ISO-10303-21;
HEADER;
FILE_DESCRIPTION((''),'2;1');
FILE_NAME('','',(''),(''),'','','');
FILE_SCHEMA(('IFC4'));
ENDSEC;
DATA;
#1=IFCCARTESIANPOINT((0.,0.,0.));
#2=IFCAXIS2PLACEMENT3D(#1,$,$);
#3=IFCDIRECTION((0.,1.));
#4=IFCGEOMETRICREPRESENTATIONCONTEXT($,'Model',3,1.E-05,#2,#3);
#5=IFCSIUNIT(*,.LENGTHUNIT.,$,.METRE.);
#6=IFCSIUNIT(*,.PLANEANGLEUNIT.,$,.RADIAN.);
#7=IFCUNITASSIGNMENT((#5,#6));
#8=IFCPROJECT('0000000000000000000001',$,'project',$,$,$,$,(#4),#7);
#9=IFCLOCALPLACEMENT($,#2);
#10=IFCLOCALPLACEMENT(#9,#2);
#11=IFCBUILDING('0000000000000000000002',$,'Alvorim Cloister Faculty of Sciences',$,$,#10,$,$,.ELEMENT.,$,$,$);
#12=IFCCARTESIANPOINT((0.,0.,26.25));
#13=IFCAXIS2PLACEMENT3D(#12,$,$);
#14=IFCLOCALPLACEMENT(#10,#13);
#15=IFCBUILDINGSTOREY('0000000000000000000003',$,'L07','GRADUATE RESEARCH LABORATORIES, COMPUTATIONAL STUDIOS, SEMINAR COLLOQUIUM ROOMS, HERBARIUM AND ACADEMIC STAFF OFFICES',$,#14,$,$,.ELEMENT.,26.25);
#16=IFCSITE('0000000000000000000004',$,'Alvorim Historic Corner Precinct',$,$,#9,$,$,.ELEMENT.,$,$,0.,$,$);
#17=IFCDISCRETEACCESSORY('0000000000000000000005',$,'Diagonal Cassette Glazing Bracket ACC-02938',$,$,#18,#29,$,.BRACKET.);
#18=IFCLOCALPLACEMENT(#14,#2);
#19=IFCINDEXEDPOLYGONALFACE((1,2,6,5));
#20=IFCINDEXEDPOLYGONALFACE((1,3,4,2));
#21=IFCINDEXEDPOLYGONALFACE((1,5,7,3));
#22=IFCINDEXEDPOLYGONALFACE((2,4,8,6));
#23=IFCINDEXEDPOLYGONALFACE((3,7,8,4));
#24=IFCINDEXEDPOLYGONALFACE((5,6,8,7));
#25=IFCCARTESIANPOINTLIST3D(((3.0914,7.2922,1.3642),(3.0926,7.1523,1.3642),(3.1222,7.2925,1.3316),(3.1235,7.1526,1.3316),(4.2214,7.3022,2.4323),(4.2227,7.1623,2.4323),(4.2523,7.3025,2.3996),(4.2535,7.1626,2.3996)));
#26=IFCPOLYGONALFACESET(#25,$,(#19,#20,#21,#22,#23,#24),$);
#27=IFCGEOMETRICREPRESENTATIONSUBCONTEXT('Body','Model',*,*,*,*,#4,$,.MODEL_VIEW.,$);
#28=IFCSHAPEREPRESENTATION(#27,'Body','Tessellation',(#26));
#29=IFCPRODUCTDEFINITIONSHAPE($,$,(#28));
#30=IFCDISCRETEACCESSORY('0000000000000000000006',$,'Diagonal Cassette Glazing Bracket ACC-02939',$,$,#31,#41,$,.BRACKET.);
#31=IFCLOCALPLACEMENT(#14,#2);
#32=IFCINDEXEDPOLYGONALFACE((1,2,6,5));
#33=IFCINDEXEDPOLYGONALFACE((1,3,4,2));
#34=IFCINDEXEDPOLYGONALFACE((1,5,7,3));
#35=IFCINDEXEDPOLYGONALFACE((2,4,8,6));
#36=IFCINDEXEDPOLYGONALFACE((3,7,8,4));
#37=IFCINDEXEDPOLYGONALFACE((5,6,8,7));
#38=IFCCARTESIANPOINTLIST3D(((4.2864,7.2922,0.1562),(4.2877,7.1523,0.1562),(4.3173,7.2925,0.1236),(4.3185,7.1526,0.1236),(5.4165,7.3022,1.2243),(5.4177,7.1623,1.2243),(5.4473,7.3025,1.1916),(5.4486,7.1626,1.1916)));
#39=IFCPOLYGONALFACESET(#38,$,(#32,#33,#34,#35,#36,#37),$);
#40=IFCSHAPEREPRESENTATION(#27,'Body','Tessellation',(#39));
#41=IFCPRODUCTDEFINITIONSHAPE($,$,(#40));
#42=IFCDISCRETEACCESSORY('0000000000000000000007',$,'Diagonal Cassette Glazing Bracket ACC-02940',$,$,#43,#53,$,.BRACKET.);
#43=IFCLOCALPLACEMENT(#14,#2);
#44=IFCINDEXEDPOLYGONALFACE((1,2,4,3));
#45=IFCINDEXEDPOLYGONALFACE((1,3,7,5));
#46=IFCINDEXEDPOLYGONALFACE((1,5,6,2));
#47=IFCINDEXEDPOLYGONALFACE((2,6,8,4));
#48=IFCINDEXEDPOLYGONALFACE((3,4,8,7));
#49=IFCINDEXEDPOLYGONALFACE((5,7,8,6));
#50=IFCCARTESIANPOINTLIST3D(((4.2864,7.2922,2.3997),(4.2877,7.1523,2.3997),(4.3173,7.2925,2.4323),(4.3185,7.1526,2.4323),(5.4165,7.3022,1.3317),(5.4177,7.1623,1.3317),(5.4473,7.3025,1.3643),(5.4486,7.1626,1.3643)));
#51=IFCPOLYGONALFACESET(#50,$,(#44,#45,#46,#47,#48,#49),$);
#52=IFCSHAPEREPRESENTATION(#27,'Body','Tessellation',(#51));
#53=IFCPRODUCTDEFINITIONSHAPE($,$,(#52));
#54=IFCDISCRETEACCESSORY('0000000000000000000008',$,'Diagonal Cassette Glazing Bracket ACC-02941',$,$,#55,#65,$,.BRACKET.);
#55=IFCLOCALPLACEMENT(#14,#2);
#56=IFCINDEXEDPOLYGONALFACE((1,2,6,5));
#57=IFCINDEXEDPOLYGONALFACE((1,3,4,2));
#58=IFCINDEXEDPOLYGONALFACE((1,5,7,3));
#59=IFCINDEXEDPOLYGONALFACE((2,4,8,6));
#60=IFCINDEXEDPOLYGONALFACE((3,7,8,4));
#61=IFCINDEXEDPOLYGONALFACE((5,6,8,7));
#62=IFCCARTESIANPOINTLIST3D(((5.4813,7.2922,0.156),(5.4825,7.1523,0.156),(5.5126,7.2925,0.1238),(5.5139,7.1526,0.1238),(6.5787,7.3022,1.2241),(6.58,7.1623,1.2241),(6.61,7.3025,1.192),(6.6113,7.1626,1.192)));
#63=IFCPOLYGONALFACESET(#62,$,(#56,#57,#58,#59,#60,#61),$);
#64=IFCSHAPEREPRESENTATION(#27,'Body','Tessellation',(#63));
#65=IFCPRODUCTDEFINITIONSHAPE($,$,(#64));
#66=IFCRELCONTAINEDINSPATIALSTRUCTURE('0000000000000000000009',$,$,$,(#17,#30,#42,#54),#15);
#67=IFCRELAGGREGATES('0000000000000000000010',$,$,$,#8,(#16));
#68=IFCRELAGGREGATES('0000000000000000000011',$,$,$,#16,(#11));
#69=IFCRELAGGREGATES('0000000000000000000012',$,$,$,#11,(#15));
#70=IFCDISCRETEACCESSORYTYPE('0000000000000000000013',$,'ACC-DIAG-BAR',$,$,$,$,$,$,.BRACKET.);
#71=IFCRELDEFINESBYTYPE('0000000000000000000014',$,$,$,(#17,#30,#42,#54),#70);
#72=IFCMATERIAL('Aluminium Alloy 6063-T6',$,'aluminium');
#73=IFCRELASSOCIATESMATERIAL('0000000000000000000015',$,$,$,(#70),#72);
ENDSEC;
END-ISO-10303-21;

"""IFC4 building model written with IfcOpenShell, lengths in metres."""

from ifc_helpers import new_model, si_unit, direction, frame, origin, origin_2d, place, context, subcontext, project, spatial, rectangle, extrude, material, type_object, element, save


model = new_model("IFC4")

# Units and contexts
model_context = context("Model", 3, precision=1e-05, world=origin(), true_north=direction((0.0, 1.0)))
body_context = subcontext(model_context, "Body", "Model", "MODEL_VIEW")
ifc_project = project(units=[si_unit("LENGTHUNIT", "METRE"), si_unit("PLANEANGLEUNIT", "RADIAN")], contexts=[model_context])

# Site, building, storey
site_placement = place(None, origin())
site = spatial("IfcSite", under=ifc_project, at=site_placement, Name="Alvorim Historic Corner Precinct", CompositionType="ELEMENT", RefElevation=0.0)
building_placement = place(site_placement, origin())
building = spatial("IfcBuilding", under=site, at=building_placement, Name="Alvorim Cloister Faculty of Sciences", CompositionType="ELEMENT")
storey_placement = place(building_placement, frame((0.0, 0.0, 26.25)))
storey = spatial("IfcBuildingStorey", under=building, at=storey_placement, Name="L07", Description="GRADUATE RESEARCH LABORATORIES, COMPUTATIONAL STUDIOS, SEMINAR COLLOQUIUM ROOMS, HERBARIUM AND ACADEMIC STAFF OFFICES", CompositionType="ELEMENT", Elevation=26.25)

# Shared definitions
ifc_material_1 = material(Name="Aluminium Alloy 6063-T6", Category="aluminium")

# Discrete accessories
discrete_accessory_type = type_object("IfcDiscreteAccessoryType", Name="ACC-DIAG-BAR", PredefinedType="BRACKET", material=ifc_material_1)
for number, where, z_axis, x_axis, name in (
    (1, (3.1074, 7.2224, 1.3479), (0.72675, 0.006437, 0.686872), (-0.008857, 0.999961, 0.0), "Diagonal Cassette Glazing Bracket ACC-02938"),
    (2, (4.3025, 7.2224, 0.1399), (0.72675, 0.006437, 0.686872), (-0.008857, 0.999961, 0.0), "Diagonal Cassette Glazing Bracket ACC-02939"),
    (3, (4.3025, 7.2224, 2.416), (0.72675, 0.006437, -0.686872), (-0.008857, 0.999961, 0.0), "Diagonal Cassette Glazing Bracket ACC-02940"),
):
    element("IfcDiscreteAccessory", number, at=place(storey_placement, frame(where, z_axis=z_axis, x_axis=x_axis)), inside=storey, type_object=discrete_accessory_type, Name=name, PredefinedType="BRACKET", context=body_context, shape_type="SweptSolid", body=[
        extrude(rectangle(XDim=0.1399, YDim=0.0449, at=origin_2d()), origin(), (0.0, 0.0, 1.0), 1.5549),
    ])
discrete_accessory_placement = place(storey_placement, frame((5.4976, 7.2224, 0.1399), z_axis=(0.716592, 0.006536, 0.697462), x_axis=(-0.009121, 0.999958, 0.0)))
element("IfcDiscreteAccessory", 4, at=discrete_accessory_placement, inside=storey, type_object=discrete_accessory_type, Name="Diagonal Cassette Glazing Bracket ACC-02941", PredefinedType="BRACKET", context=body_context, shape_type="SweptSolid", body=[
    extrude(rectangle(XDim=0.1399, YDim=0.0449, at=origin_2d()), origin(), (0.0, 0.0, 1.0), 1.5315),
])

save(model, "model.ifc")
